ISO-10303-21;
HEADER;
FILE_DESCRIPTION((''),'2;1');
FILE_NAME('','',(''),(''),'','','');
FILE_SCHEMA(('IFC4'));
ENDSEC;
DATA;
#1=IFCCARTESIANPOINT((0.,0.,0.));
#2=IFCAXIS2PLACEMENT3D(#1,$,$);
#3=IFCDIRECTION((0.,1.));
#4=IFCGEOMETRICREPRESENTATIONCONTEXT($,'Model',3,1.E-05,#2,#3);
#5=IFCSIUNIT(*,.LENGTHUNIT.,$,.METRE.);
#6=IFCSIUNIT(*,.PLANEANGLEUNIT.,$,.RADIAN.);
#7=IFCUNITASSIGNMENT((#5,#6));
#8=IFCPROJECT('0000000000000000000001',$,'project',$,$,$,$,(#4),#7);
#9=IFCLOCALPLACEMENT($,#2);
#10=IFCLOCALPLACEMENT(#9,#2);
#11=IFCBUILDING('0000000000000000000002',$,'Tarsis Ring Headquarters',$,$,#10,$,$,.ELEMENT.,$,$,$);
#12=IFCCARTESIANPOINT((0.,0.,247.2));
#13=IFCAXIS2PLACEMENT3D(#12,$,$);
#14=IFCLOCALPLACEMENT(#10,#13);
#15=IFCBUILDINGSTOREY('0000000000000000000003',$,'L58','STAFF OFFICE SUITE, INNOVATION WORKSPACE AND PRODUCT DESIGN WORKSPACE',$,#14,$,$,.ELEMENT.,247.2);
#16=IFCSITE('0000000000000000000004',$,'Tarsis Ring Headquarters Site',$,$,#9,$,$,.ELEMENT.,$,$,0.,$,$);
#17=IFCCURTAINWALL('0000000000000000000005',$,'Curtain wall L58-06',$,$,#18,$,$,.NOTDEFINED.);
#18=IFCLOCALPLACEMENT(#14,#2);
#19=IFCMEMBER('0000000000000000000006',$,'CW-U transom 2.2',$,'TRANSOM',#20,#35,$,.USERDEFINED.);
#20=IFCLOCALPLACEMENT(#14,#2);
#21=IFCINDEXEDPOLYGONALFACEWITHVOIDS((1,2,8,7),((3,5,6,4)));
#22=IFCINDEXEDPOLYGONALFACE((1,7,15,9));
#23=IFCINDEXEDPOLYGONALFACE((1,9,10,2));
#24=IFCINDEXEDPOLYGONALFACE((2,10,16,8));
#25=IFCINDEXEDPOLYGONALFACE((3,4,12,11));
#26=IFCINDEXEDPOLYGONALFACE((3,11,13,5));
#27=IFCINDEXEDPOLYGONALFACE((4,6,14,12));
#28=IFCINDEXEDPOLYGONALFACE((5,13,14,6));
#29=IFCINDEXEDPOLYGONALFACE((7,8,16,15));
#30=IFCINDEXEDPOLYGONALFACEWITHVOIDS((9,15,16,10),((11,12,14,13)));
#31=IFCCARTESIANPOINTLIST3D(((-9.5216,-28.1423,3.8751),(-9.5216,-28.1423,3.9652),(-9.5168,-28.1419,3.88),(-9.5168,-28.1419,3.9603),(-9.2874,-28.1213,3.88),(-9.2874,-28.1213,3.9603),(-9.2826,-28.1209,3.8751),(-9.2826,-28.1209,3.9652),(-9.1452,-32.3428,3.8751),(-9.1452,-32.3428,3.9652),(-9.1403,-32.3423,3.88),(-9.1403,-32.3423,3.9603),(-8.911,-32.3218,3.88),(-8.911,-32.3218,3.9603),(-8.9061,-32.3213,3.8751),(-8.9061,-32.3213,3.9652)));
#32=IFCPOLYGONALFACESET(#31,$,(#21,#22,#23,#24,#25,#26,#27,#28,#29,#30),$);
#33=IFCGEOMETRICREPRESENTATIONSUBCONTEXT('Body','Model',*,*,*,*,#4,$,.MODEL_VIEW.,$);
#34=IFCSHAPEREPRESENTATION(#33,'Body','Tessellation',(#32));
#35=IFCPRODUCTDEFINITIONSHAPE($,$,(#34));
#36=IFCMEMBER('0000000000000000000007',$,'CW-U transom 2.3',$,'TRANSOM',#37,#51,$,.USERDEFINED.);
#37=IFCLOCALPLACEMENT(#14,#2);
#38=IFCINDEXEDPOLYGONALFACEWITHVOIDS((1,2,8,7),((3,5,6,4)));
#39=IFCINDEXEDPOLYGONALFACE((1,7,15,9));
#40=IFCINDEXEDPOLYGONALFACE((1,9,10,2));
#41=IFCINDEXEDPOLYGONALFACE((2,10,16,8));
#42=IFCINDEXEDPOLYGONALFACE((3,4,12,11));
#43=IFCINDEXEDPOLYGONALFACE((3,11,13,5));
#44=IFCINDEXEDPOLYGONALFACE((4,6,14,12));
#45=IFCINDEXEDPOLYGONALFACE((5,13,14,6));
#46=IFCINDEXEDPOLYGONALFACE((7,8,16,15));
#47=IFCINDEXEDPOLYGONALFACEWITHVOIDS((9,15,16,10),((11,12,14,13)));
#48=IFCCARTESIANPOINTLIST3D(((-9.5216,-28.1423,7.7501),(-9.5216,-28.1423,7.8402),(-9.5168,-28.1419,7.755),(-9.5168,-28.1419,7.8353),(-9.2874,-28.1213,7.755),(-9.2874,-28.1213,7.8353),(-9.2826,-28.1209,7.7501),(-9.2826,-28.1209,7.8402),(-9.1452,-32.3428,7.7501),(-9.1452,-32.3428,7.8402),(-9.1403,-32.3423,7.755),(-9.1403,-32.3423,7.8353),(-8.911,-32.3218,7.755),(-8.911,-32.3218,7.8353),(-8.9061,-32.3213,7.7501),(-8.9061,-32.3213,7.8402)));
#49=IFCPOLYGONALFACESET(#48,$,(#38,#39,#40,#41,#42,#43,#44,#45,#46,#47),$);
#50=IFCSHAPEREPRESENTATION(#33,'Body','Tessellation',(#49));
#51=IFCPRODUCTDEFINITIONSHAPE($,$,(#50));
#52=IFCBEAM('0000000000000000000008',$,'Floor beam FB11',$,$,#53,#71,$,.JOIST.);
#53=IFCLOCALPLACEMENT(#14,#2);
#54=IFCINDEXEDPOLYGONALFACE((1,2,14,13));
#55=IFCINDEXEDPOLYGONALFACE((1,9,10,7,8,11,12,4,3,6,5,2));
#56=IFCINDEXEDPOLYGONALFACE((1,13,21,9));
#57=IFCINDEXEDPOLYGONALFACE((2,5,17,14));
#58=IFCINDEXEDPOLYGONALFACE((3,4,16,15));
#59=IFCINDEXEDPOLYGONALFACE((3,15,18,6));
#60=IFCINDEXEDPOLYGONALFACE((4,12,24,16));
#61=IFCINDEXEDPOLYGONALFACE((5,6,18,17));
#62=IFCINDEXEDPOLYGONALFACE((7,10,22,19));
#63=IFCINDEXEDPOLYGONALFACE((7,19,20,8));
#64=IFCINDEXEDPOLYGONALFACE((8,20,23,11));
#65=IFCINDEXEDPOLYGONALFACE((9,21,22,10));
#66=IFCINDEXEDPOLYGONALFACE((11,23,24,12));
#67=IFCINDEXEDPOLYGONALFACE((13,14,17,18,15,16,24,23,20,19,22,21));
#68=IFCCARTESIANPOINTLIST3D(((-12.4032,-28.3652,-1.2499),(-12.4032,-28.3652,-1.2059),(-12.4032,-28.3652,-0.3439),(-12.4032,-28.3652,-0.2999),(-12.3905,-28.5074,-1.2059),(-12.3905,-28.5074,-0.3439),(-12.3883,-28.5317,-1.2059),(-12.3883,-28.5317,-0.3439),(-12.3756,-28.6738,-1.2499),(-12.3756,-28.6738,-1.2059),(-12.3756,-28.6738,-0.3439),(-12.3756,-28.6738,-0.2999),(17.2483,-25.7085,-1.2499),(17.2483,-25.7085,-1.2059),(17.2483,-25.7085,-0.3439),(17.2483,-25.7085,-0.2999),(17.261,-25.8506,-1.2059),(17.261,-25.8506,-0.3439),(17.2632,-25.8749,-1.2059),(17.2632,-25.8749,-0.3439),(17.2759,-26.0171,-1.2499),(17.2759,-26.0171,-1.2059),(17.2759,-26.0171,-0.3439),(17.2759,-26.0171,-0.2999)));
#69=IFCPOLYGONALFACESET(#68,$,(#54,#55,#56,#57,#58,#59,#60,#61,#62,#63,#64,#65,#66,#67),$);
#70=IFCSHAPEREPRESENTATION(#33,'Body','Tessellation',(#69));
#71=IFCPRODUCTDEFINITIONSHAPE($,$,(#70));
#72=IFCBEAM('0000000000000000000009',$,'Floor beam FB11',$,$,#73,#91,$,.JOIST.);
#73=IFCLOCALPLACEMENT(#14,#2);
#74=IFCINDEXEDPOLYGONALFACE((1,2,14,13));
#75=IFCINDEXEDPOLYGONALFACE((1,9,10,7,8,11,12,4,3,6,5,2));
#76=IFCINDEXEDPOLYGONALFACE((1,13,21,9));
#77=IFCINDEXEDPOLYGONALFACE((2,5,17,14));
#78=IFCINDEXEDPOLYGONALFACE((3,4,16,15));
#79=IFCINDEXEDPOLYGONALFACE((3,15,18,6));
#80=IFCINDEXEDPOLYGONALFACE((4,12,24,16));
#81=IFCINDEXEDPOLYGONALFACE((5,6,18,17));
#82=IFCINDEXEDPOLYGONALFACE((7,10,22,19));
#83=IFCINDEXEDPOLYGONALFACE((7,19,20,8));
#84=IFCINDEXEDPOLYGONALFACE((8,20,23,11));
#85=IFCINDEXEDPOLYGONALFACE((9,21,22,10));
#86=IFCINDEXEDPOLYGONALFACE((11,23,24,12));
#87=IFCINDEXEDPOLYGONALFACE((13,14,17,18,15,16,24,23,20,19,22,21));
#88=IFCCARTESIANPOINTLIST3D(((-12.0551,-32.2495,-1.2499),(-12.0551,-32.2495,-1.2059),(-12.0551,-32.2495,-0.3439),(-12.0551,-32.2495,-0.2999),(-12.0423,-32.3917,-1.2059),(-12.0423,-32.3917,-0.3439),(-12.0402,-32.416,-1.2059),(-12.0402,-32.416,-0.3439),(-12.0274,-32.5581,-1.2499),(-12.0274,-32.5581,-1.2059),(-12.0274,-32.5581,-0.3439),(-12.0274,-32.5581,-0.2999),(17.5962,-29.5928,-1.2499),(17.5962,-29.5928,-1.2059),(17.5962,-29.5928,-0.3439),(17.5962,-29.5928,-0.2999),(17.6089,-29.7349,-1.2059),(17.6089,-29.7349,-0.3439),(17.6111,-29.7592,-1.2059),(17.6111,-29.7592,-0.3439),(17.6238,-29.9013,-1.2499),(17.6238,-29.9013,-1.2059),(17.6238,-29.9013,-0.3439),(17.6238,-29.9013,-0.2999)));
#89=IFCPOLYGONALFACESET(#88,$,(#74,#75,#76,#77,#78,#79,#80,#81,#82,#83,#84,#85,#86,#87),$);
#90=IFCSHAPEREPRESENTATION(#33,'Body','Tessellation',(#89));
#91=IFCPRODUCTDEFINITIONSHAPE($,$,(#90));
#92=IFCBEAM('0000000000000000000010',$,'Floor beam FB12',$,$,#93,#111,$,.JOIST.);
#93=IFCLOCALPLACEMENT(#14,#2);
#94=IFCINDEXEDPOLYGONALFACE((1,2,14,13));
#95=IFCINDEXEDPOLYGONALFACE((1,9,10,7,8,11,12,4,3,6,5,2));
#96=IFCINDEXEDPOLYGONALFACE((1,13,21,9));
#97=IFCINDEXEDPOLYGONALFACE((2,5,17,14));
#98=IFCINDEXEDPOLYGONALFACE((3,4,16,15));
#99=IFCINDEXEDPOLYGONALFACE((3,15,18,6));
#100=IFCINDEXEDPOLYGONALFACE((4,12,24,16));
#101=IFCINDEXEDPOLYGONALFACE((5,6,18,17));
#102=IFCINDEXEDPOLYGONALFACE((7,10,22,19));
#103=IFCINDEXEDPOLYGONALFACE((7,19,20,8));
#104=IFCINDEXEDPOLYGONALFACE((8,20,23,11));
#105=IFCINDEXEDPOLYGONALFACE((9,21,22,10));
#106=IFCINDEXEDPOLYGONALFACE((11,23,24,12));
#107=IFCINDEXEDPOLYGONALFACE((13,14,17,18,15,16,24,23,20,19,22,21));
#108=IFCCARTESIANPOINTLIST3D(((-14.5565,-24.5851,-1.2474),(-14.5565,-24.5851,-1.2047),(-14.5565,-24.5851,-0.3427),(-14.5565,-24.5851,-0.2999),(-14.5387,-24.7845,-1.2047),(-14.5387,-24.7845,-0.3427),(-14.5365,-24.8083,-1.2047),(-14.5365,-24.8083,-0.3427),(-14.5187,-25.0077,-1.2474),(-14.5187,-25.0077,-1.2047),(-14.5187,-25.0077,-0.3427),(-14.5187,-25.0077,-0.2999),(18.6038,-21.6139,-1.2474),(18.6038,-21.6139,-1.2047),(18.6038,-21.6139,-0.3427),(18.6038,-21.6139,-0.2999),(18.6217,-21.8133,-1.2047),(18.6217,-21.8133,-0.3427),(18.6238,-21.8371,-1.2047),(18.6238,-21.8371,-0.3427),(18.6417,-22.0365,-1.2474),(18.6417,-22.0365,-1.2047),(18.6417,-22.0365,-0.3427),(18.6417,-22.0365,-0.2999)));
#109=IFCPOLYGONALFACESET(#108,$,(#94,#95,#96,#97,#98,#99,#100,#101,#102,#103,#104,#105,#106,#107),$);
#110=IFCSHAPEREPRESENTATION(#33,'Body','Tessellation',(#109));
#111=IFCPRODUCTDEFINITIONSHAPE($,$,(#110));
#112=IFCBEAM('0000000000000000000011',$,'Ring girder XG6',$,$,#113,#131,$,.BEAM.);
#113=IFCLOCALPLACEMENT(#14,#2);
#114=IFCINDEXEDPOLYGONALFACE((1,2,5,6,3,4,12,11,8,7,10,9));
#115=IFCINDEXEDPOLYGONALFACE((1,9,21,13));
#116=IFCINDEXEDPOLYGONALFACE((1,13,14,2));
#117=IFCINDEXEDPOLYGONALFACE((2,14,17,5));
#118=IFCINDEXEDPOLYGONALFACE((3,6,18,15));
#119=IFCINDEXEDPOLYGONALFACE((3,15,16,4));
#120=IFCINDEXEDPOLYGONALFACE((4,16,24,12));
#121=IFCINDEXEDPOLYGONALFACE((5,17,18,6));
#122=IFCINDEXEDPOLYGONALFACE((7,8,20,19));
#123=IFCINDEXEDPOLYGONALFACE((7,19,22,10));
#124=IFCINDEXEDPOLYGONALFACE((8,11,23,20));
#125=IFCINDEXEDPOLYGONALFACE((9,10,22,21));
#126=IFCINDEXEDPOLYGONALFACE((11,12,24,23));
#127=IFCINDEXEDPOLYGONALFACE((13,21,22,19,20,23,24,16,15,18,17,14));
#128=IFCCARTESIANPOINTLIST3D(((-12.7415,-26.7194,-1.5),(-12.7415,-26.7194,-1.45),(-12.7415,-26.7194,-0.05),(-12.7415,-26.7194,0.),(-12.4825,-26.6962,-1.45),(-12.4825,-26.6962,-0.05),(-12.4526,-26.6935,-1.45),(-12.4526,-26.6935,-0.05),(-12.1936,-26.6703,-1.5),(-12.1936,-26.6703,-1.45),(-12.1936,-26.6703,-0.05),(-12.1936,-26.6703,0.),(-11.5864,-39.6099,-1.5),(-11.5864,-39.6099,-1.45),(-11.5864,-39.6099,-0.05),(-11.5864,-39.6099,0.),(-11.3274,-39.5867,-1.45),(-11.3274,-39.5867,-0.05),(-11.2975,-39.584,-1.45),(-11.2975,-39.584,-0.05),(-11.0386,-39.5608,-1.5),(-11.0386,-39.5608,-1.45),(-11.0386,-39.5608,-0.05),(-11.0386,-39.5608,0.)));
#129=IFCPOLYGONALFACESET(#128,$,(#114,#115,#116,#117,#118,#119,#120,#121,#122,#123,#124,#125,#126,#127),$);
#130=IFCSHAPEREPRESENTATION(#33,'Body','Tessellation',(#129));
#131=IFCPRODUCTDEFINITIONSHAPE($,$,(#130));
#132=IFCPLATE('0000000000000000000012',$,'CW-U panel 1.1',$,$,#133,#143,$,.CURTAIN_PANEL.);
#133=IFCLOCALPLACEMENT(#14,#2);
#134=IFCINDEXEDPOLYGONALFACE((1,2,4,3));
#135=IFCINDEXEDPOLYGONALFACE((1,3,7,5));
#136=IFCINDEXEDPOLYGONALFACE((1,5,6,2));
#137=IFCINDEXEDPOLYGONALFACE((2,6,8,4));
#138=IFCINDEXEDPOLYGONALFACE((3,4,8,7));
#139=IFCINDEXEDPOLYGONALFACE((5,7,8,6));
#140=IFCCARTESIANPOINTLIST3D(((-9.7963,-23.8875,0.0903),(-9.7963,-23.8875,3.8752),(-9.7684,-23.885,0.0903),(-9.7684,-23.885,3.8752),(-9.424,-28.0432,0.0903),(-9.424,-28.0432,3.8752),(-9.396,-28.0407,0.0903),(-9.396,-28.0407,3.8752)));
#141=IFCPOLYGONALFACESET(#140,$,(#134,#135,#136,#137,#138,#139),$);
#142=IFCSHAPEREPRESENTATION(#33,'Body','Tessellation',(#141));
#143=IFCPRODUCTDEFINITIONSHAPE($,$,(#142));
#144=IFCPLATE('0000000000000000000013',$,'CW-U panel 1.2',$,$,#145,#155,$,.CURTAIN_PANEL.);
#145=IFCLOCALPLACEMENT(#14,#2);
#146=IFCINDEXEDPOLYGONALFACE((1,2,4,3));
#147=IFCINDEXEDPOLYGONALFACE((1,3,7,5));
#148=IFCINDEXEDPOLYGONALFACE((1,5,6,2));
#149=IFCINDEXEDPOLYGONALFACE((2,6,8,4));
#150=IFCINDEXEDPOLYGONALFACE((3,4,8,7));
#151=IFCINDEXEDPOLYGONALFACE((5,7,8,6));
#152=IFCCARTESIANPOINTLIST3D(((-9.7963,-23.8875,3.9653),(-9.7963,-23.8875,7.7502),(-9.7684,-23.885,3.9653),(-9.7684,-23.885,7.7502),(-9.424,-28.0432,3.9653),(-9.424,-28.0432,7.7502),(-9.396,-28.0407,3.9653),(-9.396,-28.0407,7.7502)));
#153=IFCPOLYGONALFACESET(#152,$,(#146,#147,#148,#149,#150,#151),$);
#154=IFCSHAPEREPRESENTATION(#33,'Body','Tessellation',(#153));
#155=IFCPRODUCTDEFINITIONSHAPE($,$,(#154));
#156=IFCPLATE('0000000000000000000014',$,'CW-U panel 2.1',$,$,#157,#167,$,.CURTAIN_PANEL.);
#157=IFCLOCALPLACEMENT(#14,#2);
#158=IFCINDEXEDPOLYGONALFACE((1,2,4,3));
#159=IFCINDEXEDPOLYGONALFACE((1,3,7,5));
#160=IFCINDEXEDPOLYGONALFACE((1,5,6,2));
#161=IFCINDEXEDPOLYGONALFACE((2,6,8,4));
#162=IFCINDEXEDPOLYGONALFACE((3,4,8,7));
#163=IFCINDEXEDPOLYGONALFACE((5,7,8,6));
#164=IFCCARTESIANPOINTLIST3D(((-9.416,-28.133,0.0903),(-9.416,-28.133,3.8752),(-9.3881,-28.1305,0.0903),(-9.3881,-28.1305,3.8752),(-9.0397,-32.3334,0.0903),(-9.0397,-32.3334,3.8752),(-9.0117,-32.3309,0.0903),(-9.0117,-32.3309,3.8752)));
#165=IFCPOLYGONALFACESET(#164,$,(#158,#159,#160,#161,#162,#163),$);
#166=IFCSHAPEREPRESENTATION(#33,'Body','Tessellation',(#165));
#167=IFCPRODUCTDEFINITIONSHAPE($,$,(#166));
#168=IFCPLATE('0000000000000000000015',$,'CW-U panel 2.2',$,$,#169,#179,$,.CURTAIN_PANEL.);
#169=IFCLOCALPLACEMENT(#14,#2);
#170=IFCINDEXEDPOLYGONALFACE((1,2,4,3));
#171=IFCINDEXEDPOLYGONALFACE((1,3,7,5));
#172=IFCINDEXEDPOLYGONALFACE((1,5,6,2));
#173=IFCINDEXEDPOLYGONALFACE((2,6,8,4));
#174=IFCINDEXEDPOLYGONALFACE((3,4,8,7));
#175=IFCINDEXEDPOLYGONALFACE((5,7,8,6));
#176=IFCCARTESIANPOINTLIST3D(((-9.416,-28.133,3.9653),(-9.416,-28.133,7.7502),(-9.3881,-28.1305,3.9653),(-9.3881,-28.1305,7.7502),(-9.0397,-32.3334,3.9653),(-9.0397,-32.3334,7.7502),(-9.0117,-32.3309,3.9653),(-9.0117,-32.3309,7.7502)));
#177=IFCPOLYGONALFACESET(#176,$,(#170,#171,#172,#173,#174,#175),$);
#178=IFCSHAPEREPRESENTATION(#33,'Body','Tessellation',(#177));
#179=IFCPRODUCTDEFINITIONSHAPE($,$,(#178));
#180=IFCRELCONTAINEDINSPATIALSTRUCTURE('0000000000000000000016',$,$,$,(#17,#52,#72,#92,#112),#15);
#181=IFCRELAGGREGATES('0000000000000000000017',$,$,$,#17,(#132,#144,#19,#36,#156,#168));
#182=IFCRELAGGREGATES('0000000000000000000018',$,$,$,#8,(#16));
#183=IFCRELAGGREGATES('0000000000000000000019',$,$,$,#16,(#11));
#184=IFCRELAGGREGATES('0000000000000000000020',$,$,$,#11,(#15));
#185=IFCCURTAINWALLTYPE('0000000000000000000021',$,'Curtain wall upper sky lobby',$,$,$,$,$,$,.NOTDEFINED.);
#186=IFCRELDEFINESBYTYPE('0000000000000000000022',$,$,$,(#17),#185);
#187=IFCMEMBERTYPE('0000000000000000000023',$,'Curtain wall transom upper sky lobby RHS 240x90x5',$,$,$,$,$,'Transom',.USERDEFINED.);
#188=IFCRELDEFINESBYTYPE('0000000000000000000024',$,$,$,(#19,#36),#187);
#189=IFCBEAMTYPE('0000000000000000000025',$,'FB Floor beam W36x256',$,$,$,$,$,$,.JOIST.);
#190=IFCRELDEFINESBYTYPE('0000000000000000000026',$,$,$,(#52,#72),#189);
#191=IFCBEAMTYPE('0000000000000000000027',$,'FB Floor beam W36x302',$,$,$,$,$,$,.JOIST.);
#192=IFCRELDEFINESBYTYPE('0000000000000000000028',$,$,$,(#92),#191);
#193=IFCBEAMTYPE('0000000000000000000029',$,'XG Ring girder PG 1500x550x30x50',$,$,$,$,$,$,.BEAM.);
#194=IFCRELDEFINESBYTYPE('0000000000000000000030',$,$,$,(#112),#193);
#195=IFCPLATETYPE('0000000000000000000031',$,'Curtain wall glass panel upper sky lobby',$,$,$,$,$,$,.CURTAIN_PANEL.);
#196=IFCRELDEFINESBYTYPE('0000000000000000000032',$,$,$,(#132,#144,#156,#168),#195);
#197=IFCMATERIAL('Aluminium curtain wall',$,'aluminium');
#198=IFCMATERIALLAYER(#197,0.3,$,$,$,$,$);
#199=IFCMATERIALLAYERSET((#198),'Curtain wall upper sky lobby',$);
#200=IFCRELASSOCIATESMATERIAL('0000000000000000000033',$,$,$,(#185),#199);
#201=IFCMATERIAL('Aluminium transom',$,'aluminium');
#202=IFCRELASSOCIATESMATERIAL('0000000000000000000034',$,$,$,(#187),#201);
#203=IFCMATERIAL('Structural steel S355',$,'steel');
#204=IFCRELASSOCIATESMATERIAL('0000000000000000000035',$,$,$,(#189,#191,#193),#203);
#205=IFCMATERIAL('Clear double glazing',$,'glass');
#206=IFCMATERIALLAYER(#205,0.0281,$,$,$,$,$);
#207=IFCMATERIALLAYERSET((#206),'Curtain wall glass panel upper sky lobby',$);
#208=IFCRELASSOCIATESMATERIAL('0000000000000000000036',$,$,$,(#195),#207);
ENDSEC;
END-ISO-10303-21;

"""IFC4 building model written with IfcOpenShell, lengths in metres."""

from ifc_helpers import new_model, si_unit, direction, frame, origin, origin_2d, place, context, subcontext, project, spatial, rectangle, hollow_rectangle, i_section, extrude, material, layer, layer_set, material_profile, profile_set, type_object, element, aggregate, save


model = new_model("IFC4")

# Units and contexts
model_context = context("Model", 3, precision=1e-05, world=origin(), true_north=direction((0.0, 1.0)))
body_context = subcontext(model_context, "Body", "Model", "MODEL_VIEW")
ifc_project = project(units=[si_unit("LENGTHUNIT", "METRE"), si_unit("PLANEANGLEUNIT", "RADIAN")], contexts=[model_context])

# Site, building, storey
site_placement = place(None, origin())
site = spatial("IfcSite", under=ifc_project, at=site_placement, Name="Tarsis Ring Headquarters Site", CompositionType="ELEMENT", RefElevation=0.0)
building_placement = place(site_placement, origin())
building = spatial("IfcBuilding", under=site, at=building_placement, Name="Tarsis Ring Headquarters", CompositionType="ELEMENT")
storey_placement = place(building_placement, frame((0.0, 0.0, 247.2)))
storey = spatial("IfcBuildingStorey", under=building, at=storey_placement, Name="L58", Description="STAFF OFFICE SUITE, INNOVATION WORKSPACE AND PRODUCT DESIGN WORKSPACE", CompositionType="ELEMENT", Elevation=247.2)

# Shared definitions
ifc_material_1 = material(Name="Structural steel S355", Category="steel")

# Curtain wall, members
ifc_material_2 = material(Name="Aluminium curtain wall", Category="aluminium")
ifc_layer_1 = layer(ifc_material_2, 0.3)
ifc_layer_set_1 = layer_set([ifc_layer_1], Name="Curtain wall upper sky lobby")
curtain_wall_type = type_object("IfcCurtainWallType", Name="Curtain wall upper sky lobby", PredefinedType="NOTDEFINED", material=ifc_layer_set_1)
curtain_wall_placement = place(storey_placement, origin())
curtain_wall = element("IfcCurtainWall", 1, at=curtain_wall_placement, inside=storey, type_object=curtain_wall_type, Name="Curtain wall L58-06", PredefinedType="NOTDEFINED")
ifc_material_3 = material(Name="Aluminium transom", Category="aluminium")
ifc_material_profile_1 = material_profile(ifc_material_3, hollow_rectangle(XDim=0.24, YDim=0.0901, WallThickness=0.0049, at=origin_2d()), Name="RHS 240x90x5")
ifc_profile_set_1 = profile_set([ifc_material_profile_1], Name="Aluminium transom")
member_type_1 = type_object("IfcMemberType", Name="Curtain wall transom upper sky lobby RHS 240x90x5", ElementType="Transom", PredefinedType="USERDEFINED", material=ifc_profile_set_1)
member_1_placement = place(storey_placement, frame((-9.4021, -28.1316, 3.9202), z_axis=(0.089267, -0.996008, 0.0), x_axis=(0.996008, 0.089267, 0.0)))
member_1 = element("IfcMember", 2, at=member_1_placement, type_object=member_type_1, Name="CW-U transom 2.2", ObjectType="TRANSOM", PredefinedType="USERDEFINED", context=body_context, shape_type="SweptSolid", body=[
    extrude(hollow_rectangle(XDim=0.24, YDim=0.0901, WallThickness=0.0049, at=origin_2d()), origin(), (0.0, 0.0, 1.0), 4.2173),
])
member_2_placement = place(storey_placement, frame((-9.4021, -28.1316, 7.7952), z_axis=(0.089267, -0.996008, 0.0), x_axis=(0.996008, 0.089267, 0.0)))
member_2 = element("IfcMember", 3, at=member_2_placement, type_object=member_type_1, Name="CW-U transom 2.3", ObjectType="TRANSOM", PredefinedType="USERDEFINED", context=body_context, shape_type="SweptSolid", body=[
    extrude(hollow_rectangle(XDim=0.24, YDim=0.0901, WallThickness=0.0049, at=origin_2d()), origin(), (0.0, 0.0, 1.0), 4.2173),
])

# Beams
ifc_material_profile_2 = material_profile(ifc_material_1, i_section(OverallWidth=0.3098, OverallDepth=0.95, WebThickness=0.0244, FlangeThickness=0.0439, at=origin_2d()), Name="W36x256")
ifc_profile_set_2 = profile_set([ifc_material_profile_2], Name="Structural steel S355")
beam_type_1 = type_object("IfcBeamType", Name="FB Floor beam W36x256", PredefinedType="JOIST", material=ifc_profile_set_2)
beam_1_placement = place(storey_placement, frame((-12.3894, -28.5195, -0.7749), z_axis=(0.99601, 0.089242, 0.0), x_axis=(-0.089242, 0.99601, 0.0)))
element("IfcBeam", 4, at=beam_1_placement, inside=storey, type_object=beam_type_1, Name="Floor beam FB11", PredefinedType="JOIST", context=body_context, shape_type="SweptSolid", body=[
    extrude(i_section(OverallWidth=0.3098, OverallDepth=0.95, WebThickness=0.0244, FlangeThickness=0.0439, at=origin_2d()), origin(), (0.0, 0.0, 1.0), 29.7703),
])
beam_2_placement = place(storey_placement, frame((-12.0413, -32.4038, -0.7749), z_axis=(0.99601, 0.089242, 0.0), x_axis=(-0.089242, 0.99601, 0.0)))
element("IfcBeam", 5, at=beam_2_placement, inside=storey, type_object=beam_type_1, Name="Floor beam FB11", PredefinedType="JOIST", context=body_context, shape_type="SweptSolid", body=[
    extrude(i_section(OverallWidth=0.3098, OverallDepth=0.95, WebThickness=0.0244, FlangeThickness=0.0439, at=origin_2d()), origin(), (0.0, 0.0, 1.0), 29.77),
])
ifc_material_profile_3 = material_profile(ifc_material_1, i_section(OverallWidth=0.4243, OverallDepth=0.9475, WebThickness=0.0239, FlangeThickness=0.0427, at=origin_2d()), Name="W36x302")
ifc_profile_set_3 = profile_set([ifc_material_profile_3], Name="Structural steel S355")
beam_type_2 = type_object("IfcBeamType", Name="FB Floor beam W36x302", PredefinedType="JOIST", material=ifc_profile_set_3)
beam_3_placement = place(storey_placement, frame((-14.5376, -24.7964, -0.7737), z_axis=(0.99601, 0.089243, 0.0), x_axis=(-0.089243, 0.99601, 0.0)))
element("IfcBeam", 6, at=beam_3_placement, inside=storey, type_object=beam_type_2, Name="Floor beam FB12", PredefinedType="JOIST", context=body_context, shape_type="SweptSolid", body=[
    extrude(i_section(OverallWidth=0.4243, OverallDepth=0.9475, WebThickness=0.0239, FlangeThickness=0.0427, at=origin_2d()), origin(), (0.0, 0.0, 1.0), 33.2932),
])
ifc_material_profile_4 = material_profile(ifc_material_1, i_section(OverallWidth=0.55, OverallDepth=1.5, WebThickness=0.03, FlangeThickness=0.05, at=origin_2d()), Name="PG 1500x550x30x50")
ifc_profile_set_4 = profile_set([ifc_material_profile_4], Name="Structural steel S355")
beam_type_3 = type_object("IfcBeamType", Name="XG Ring girder PG 1500x550x30x50", PredefinedType="BEAM", material=ifc_profile_set_4)
beam_4_placement = place(storey_placement, frame((-12.4675, -26.6948, -0.75), z_axis=(0.089246, -0.99601, 0.0), x_axis=(0.99601, 0.089246, 0.0)))
element("IfcBeam", 7, at=beam_4_placement, inside=storey, type_object=beam_type_3, Name="Ring girder XG6", PredefinedType="BEAM", context=body_context, shape_type="SweptSolid", body=[
    extrude(i_section(OverallWidth=0.55, OverallDepth=1.5, WebThickness=0.03, FlangeThickness=0.05, at=origin_2d()), origin(), (0.0, 0.0, 1.0), 12.9421),
])

# Plates
ifc_material_4 = material(Name="Clear double glazing", Category="glass")
ifc_layer_2 = layer(ifc_material_4, 0.0281)
ifc_layer_set_2 = layer_set([ifc_layer_2], Name="Curtain wall glass panel upper sky lobby")
plate_type = type_object("IfcPlateType", Name="Curtain wall glass panel upper sky lobby", PredefinedType="CURTAIN_PANEL", material=ifc_layer_set_2)
plate_1_placement = place(storey_placement, frame((-9.5962, -25.9641, 0.0903), z_axis=(0.0, 0.0, 1.0), x_axis=(0.089242, -0.99601, 0.0)))
plate_1 = element("IfcPlate", 8, at=plate_1_placement, type_object=plate_type, Name="CW-U panel 1.1", PredefinedType="CURTAIN_PANEL", context=body_context, shape_type="SweptSolid", body=[
    extrude(rectangle(XDim=4.1724, YDim=0.0281, at=origin_2d()), origin(), (0.0, 0.0, 1.0), 3.7849),
])
plate_2_placement = place(storey_placement, frame((-9.5962, -25.9641, 3.9653), z_axis=(0.0, 0.0, 1.0), x_axis=(0.089242, -0.99601, 0.0)))
plate_2 = element("IfcPlate", 9, at=plate_2_placement, type_object=plate_type, Name="CW-U panel 1.2", PredefinedType="CURTAIN_PANEL", context=body_context, shape_type="SweptSolid", body=[
    extrude(rectangle(XDim=4.1724, YDim=0.0281, at=origin_2d()), origin(), (0.0, 0.0, 1.0), 3.7849),
])
plate_3_placement = place(storey_placement, frame((-9.2139, -30.2319, 0.0903), z_axis=(0.0, 0.0, 1.0), x_axis=(0.089242, -0.99601, 0.0)))
plate_3 = element("IfcPlate", 10, at=plate_3_placement, type_object=plate_type, Name="CW-U panel 2.1", PredefinedType="CURTAIN_PANEL", context=body_context, shape_type="SweptSolid", body=[
    extrude(rectangle(XDim=4.2173, YDim=0.0281, at=origin_2d()), origin(), (0.0, 0.0, 1.0), 3.7849),
])
plate_4_placement = place(storey_placement, frame((-9.2139, -30.2319, 3.9653), z_axis=(0.0, 0.0, 1.0), x_axis=(0.089242, -0.99601, 0.0)))
plate_4 = element("IfcPlate", 11, at=plate_4_placement, type_object=plate_type, Name="CW-U panel 2.2", PredefinedType="CURTAIN_PANEL", context=body_context, shape_type="SweptSolid", body=[
    extrude(rectangle(XDim=4.2173, YDim=0.0281, at=origin_2d()), origin(), (0.0, 0.0, 1.0), 3.7849),
])
aggregate(curtain_wall, [plate_1, plate_2, member_1, member_2, plate_3, plate_4])

save(model, "model.ifc")
